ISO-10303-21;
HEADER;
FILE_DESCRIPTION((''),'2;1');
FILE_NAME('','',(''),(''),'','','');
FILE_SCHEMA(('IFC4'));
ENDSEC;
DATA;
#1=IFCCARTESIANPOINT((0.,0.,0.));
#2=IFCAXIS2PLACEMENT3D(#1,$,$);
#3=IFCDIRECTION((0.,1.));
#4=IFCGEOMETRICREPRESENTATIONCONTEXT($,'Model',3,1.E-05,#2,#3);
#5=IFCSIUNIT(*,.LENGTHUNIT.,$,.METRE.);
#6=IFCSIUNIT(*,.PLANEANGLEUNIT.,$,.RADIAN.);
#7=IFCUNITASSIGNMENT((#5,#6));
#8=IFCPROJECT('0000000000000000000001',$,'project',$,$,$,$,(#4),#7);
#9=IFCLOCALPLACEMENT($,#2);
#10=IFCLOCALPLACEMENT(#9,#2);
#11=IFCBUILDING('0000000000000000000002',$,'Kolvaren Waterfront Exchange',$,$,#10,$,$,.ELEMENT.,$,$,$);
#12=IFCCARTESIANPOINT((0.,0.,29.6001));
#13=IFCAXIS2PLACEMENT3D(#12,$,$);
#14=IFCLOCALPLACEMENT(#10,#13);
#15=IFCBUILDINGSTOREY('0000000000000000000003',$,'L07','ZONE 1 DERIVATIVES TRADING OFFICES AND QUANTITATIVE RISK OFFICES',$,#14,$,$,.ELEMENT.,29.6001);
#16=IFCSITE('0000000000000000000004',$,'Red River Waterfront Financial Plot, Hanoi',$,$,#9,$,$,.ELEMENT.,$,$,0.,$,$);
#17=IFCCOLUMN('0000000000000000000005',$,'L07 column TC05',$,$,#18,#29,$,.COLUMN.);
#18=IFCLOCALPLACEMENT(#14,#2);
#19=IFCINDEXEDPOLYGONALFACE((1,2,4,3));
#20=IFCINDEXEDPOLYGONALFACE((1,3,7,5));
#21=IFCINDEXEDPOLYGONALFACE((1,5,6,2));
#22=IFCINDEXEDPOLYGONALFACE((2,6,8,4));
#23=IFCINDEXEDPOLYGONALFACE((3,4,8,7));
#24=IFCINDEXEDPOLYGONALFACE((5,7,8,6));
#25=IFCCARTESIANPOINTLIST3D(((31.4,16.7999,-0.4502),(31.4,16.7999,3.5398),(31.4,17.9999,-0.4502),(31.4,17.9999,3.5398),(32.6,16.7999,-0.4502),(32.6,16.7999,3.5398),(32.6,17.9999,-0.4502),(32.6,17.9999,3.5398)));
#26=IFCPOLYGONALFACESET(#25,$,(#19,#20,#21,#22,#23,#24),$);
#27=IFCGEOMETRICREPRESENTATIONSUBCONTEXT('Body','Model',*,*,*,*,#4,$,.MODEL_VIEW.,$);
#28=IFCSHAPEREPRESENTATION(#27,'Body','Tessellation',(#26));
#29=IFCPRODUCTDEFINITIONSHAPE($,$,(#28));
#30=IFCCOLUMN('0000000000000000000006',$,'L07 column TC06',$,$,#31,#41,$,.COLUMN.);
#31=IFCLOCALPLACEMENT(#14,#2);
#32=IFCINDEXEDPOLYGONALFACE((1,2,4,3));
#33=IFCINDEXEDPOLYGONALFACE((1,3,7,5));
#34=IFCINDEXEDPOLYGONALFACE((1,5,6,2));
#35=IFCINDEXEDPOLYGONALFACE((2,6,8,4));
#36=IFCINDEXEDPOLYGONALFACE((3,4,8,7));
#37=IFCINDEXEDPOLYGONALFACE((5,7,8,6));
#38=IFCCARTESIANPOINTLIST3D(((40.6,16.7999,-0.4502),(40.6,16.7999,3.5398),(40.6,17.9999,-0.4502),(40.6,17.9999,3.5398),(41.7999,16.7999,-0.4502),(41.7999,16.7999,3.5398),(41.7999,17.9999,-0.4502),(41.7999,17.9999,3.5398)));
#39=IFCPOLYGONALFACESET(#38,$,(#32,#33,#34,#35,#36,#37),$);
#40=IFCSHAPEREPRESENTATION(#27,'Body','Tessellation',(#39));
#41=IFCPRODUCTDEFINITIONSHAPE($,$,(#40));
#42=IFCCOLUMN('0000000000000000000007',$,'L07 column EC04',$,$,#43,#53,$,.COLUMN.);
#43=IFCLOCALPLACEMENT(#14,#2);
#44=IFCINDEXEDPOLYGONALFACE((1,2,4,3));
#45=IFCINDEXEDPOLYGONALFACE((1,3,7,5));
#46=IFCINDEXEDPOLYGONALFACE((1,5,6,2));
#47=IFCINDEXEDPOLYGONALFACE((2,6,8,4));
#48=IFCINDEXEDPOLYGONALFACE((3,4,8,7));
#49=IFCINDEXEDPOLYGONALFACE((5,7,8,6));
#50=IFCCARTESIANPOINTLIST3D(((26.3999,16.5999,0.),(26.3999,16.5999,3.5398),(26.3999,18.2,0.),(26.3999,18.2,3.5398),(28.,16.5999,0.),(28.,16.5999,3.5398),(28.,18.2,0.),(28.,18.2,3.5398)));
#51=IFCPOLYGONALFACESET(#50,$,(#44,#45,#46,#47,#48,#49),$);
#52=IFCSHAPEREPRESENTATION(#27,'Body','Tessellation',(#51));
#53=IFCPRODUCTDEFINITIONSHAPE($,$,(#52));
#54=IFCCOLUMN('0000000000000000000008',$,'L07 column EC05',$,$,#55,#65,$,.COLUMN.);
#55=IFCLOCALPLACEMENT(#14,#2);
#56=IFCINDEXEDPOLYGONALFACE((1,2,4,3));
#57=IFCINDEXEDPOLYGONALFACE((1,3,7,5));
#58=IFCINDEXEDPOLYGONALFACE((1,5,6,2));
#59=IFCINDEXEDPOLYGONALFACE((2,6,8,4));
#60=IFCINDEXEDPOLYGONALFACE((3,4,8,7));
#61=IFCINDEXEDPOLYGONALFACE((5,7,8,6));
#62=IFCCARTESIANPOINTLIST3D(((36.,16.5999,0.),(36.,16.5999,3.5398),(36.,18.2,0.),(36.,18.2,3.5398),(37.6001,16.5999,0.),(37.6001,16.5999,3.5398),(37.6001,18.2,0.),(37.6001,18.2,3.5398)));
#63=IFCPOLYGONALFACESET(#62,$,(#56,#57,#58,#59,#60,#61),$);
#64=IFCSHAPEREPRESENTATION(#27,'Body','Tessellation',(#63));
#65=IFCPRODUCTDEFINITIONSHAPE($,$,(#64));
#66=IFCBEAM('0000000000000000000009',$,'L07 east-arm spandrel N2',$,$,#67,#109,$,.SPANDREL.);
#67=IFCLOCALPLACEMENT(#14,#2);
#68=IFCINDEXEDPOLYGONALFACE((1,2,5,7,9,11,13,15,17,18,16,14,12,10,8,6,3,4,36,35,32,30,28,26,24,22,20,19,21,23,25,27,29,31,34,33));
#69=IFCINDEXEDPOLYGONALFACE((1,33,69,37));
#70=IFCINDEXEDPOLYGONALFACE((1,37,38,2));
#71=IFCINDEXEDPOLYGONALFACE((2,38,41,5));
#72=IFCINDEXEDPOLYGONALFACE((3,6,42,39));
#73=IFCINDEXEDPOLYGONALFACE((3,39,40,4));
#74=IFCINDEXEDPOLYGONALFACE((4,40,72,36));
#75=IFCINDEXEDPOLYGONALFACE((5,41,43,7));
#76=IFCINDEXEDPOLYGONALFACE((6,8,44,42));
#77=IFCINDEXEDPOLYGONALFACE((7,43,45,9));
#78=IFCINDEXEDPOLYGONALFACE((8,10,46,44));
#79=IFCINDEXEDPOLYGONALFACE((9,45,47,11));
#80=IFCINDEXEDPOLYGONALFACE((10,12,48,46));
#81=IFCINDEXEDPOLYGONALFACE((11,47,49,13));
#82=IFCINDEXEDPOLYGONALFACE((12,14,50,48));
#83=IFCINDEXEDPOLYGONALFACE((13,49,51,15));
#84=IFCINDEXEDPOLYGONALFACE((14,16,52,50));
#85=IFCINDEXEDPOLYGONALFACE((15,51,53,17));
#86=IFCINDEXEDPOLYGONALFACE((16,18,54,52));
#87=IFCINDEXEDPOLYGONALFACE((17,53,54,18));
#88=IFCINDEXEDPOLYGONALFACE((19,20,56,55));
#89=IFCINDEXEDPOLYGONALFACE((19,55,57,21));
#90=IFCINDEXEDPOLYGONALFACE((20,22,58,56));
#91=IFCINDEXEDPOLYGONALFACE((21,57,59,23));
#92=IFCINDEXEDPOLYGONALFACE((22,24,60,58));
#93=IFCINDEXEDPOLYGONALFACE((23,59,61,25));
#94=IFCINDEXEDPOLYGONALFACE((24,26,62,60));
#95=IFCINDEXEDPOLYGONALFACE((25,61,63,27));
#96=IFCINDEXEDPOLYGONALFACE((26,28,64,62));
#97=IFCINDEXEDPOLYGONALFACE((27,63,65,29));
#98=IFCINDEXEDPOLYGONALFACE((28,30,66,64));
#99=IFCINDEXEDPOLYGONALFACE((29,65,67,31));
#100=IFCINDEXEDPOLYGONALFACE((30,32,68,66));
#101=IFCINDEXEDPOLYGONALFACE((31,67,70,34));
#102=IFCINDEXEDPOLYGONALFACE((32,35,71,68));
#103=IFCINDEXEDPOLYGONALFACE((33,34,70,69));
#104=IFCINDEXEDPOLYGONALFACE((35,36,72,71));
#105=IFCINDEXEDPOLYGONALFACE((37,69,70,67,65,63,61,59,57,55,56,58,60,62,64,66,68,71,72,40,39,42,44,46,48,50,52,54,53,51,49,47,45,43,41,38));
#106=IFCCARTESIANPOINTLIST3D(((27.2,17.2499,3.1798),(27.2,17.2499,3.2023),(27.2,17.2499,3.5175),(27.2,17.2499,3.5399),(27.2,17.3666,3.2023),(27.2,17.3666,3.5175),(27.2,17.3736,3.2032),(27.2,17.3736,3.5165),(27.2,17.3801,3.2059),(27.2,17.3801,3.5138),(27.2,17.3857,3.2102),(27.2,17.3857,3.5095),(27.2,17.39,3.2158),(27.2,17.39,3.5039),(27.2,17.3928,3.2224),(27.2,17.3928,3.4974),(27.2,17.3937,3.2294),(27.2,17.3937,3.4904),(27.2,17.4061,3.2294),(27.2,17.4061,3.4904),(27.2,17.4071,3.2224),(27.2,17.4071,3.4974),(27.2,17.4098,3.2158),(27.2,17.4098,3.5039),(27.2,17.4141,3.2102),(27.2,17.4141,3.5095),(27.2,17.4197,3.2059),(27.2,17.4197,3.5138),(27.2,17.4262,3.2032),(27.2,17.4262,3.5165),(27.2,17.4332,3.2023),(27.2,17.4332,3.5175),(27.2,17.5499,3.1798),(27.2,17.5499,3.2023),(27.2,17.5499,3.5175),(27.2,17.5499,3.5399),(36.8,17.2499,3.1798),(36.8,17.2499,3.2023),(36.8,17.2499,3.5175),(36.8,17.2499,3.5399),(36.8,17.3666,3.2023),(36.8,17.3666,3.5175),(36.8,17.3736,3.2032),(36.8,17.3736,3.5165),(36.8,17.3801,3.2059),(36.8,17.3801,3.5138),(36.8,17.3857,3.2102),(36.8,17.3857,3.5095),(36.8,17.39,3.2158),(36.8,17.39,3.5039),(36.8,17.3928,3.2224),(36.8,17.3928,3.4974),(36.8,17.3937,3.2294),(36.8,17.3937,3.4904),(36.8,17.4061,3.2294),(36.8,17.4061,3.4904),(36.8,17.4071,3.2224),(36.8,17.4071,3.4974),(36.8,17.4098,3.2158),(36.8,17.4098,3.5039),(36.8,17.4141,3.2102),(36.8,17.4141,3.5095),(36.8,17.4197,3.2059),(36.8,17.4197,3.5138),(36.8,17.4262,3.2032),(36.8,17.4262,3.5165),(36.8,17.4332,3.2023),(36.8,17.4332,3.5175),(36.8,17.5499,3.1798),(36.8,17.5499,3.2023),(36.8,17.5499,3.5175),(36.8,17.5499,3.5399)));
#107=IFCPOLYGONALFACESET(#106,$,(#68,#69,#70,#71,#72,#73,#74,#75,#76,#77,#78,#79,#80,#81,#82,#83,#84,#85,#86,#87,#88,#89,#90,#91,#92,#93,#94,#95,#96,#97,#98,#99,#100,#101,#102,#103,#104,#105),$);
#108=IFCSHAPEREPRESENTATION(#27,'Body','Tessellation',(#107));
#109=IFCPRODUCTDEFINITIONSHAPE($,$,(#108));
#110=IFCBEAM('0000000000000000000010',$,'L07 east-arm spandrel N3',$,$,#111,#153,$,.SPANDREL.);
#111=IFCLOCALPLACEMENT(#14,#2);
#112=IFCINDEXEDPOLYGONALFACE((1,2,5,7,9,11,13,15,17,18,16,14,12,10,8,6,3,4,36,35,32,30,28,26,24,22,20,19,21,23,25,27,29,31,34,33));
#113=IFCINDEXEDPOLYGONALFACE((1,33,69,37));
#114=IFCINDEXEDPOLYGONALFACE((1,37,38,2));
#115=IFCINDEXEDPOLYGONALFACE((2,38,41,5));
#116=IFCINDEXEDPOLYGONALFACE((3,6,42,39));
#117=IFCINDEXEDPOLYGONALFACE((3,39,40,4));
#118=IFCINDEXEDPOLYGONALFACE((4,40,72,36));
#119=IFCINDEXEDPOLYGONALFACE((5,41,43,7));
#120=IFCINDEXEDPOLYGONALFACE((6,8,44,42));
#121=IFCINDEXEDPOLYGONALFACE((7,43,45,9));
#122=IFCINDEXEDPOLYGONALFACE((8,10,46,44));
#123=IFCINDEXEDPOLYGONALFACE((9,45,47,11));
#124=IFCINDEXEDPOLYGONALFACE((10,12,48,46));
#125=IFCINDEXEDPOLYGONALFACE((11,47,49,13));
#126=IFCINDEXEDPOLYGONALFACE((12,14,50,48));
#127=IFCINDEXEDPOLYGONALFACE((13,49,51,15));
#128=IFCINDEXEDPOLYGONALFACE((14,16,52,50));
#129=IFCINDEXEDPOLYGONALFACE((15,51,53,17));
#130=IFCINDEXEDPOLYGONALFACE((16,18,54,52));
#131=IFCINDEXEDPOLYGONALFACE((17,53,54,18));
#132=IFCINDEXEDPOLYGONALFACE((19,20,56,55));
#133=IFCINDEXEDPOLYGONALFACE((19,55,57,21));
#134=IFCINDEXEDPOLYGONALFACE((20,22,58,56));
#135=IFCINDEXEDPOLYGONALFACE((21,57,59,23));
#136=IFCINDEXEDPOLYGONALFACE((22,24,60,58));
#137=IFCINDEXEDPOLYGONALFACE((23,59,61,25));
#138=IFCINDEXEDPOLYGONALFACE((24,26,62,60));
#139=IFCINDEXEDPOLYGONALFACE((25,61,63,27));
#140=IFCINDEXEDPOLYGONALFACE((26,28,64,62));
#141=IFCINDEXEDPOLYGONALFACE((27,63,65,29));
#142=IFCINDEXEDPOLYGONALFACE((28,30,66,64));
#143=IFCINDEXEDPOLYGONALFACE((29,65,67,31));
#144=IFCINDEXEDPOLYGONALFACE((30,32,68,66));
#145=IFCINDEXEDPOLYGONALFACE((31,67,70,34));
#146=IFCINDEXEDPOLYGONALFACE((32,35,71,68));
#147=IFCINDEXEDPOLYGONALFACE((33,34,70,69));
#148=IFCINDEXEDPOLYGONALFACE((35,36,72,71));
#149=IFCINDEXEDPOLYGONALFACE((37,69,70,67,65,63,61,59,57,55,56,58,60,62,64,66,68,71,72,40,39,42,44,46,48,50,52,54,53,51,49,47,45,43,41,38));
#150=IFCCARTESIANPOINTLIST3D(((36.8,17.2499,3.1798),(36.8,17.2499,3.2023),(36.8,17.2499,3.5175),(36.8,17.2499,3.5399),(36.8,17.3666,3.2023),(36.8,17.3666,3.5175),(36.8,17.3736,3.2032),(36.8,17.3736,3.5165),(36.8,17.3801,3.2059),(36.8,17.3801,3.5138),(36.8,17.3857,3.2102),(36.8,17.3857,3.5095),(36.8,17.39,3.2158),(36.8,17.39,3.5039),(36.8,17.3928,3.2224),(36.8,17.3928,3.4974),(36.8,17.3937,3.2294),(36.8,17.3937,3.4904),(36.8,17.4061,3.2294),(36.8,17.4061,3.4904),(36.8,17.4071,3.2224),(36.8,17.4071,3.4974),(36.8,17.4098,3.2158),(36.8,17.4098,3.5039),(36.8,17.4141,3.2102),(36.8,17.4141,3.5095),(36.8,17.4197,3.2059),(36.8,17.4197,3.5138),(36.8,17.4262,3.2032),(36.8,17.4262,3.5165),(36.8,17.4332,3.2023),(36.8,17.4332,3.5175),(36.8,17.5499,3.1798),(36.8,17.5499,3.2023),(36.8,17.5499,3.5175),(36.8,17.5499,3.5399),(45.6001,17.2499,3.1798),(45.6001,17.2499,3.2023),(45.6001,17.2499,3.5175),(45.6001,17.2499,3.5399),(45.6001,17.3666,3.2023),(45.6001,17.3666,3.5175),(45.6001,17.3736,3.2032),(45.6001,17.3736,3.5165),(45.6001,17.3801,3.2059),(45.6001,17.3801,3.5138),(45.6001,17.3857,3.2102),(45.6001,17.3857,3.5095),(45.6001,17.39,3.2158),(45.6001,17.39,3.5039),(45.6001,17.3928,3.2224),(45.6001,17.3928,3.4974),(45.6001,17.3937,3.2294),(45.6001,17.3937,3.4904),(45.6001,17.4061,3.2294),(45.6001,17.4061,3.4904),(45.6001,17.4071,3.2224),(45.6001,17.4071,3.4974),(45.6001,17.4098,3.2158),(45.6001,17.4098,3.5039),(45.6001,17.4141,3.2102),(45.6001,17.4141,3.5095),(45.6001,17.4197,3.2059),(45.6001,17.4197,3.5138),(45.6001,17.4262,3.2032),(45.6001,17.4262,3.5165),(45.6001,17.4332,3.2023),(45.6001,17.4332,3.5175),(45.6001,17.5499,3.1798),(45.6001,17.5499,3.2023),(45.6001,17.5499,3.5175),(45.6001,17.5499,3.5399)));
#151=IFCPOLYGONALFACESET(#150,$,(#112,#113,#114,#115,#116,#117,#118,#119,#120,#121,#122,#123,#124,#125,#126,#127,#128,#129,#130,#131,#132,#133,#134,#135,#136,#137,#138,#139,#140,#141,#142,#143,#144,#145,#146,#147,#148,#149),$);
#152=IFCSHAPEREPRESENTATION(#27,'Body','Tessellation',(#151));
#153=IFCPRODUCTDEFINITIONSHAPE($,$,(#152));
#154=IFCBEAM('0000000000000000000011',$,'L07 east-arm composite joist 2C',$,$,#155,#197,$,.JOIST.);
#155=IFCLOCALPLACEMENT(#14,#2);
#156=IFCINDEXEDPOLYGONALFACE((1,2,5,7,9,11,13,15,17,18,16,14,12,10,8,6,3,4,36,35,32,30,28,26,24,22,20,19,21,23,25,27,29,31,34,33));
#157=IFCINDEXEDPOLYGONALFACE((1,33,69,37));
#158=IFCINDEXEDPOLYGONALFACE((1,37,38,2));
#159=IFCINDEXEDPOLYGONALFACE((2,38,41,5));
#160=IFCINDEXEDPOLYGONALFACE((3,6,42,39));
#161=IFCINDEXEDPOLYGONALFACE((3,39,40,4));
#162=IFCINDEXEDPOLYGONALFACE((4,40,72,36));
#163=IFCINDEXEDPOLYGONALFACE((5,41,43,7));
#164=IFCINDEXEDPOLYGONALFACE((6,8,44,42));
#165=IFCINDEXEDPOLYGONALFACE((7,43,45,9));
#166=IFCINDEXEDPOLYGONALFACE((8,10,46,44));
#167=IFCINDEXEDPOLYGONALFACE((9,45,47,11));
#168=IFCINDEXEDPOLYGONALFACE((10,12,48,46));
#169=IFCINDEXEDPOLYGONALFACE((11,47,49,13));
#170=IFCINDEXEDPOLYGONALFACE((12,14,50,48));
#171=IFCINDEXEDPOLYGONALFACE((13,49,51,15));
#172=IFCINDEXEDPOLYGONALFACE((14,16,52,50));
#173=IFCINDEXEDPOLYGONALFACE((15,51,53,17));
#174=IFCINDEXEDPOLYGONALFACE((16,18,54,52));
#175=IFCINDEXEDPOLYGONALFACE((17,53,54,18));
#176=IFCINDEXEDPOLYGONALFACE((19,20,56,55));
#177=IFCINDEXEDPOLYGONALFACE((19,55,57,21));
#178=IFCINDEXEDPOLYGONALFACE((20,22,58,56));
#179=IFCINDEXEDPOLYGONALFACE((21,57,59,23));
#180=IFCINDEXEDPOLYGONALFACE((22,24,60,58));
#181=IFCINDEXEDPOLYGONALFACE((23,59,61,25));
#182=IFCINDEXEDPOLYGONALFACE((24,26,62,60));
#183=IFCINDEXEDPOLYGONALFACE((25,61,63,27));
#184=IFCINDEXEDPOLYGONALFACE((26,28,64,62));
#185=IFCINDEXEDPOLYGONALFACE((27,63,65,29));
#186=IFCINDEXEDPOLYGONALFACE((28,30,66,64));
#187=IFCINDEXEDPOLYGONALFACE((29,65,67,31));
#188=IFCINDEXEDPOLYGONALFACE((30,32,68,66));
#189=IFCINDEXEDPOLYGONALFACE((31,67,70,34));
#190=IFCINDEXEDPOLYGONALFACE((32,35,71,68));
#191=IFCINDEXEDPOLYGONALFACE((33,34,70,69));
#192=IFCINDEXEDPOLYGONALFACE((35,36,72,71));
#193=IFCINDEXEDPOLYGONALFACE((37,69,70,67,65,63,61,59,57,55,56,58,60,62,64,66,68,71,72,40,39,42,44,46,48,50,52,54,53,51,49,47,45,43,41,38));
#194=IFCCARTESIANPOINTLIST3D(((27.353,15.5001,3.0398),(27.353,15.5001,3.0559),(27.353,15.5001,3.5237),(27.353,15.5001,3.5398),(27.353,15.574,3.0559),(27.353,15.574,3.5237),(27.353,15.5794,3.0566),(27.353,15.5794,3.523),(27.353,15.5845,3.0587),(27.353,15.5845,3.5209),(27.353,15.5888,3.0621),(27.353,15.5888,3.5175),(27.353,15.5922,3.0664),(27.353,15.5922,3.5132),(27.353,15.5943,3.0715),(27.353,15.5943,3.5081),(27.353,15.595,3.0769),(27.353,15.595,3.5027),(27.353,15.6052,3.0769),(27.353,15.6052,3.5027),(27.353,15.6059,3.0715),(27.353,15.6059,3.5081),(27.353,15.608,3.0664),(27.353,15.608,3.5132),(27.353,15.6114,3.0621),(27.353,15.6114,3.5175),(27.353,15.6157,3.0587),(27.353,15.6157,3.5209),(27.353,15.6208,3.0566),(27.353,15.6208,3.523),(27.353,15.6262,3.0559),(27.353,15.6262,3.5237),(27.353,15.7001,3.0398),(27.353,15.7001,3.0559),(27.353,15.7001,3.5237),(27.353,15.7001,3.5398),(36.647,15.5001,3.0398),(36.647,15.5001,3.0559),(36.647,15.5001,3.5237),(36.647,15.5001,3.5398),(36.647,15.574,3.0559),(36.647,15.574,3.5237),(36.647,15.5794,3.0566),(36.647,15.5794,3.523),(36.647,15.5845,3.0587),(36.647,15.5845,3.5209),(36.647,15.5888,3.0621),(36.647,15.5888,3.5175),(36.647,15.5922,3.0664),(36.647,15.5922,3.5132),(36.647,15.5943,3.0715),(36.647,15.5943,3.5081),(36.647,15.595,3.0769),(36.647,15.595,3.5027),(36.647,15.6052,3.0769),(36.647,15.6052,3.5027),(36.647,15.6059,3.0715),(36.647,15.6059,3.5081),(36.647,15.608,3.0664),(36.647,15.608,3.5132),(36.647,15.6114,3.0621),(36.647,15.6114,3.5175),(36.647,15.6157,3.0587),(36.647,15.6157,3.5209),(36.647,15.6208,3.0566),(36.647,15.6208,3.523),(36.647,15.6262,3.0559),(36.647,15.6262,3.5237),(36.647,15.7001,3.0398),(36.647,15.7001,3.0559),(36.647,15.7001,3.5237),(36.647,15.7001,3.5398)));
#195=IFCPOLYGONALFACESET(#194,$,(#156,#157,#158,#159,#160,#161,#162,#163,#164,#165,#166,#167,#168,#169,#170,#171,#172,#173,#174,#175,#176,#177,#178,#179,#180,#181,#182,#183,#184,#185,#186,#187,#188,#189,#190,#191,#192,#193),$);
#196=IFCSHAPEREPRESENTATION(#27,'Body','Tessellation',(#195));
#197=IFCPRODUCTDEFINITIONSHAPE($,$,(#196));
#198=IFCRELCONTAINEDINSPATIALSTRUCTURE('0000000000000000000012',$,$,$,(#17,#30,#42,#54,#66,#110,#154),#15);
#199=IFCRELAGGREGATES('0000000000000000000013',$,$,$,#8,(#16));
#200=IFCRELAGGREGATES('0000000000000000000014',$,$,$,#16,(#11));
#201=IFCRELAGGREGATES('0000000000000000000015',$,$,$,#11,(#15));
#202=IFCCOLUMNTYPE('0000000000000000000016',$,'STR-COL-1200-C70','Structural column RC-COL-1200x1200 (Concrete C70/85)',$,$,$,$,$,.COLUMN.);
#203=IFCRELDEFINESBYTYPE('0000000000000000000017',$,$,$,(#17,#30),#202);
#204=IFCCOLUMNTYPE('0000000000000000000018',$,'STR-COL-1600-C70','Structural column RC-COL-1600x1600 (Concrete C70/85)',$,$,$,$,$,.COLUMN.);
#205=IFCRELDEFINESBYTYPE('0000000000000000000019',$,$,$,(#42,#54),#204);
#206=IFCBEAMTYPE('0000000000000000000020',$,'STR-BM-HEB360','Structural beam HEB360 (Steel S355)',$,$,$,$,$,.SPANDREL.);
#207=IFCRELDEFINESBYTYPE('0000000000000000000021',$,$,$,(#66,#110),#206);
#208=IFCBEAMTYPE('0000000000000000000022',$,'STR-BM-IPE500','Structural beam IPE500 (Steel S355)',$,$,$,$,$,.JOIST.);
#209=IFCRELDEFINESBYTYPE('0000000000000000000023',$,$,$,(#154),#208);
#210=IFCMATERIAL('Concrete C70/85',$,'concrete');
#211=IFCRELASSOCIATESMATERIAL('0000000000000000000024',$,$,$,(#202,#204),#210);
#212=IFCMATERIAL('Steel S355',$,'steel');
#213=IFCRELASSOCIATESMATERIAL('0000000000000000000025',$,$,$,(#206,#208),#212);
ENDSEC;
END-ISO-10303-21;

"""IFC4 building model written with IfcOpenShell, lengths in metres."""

from ifc_helpers import new_model, si_unit, direction, frame, origin, origin_2d, place, context, subcontext, project, spatial, rectangle, i_section, extrude, material, material_profile, profile_set, type_object, element, save


model = new_model("IFC4")

# Units and contexts
model_context = context("Model", 3, precision=1e-05, world=origin(), true_north=direction((0.0, 1.0)))
body_context = subcontext(model_context, "Body", "Model", "MODEL_VIEW")
ifc_project = project(units=[si_unit("LENGTHUNIT", "METRE"), si_unit("PLANEANGLEUNIT", "RADIAN")], contexts=[model_context])

# Site, building, storey
site_placement = place(None, origin())
site = spatial("IfcSite", under=ifc_project, at=site_placement, Name="Red River Waterfront Financial Plot, Hanoi", CompositionType="ELEMENT", RefElevation=0.0)
building_placement = place(site_placement, origin())
building = spatial("IfcBuilding", under=site, at=building_placement, Name="Kolvaren Waterfront Exchange", CompositionType="ELEMENT")
storey_placement = place(building_placement, frame((0.0, 0.0, 29.6001)))
storey = spatial("IfcBuildingStorey", under=building, at=storey_placement, Name="L07", Description="ZONE 1 DERIVATIVES TRADING OFFICES AND QUANTITATIVE RISK OFFICES", CompositionType="ELEMENT", Elevation=29.6001)

# Columns
ifc_material_1 = material(Name="Concrete C70/85", Category="concrete")
ifc_material_profile_1 = material_profile(ifc_material_1, rectangle(XDim=1.2, YDim=1.2, at=origin_2d()), Name="RC-COL-1200x1200")
ifc_profile_set_1 = profile_set([ifc_material_profile_1], Name="Concrete C70/85")
column_type_1 = type_object("IfcColumnType", Name="STR-COL-1200-C70", Description="Structural column RC-COL-1200x1200 (Concrete C70/85)", PredefinedType="COLUMN", material=ifc_profile_set_1)
for number, where, z_axis, x_axis, name in (
    (1, (32.0, 17.3999, -0.4502), (0.0, 0.0, 1.0), (1.0, 0.0, 0.0), "L07 column TC05"),
    (2, (41.2, 17.3999, -0.4502), (0.0, 0.0, 1.0), (1.0, 0.0, 0.0), "L07 column TC06"),
):
    element("IfcColumn", number, at=place(storey_placement, frame(where, z_axis=z_axis, x_axis=x_axis)), inside=storey, type_object=column_type_1, Name=name, PredefinedType="COLUMN", context=body_context, shape_type="SweptSolid", body=[
        extrude(rectangle(XDim=1.2, YDim=1.2, at=origin_2d()), origin(), (0.0, 0.0, 1.0), 3.99),
    ])
ifc_material_profile_2 = material_profile(ifc_material_1, rectangle(XDim=1.6001, YDim=1.6001, at=origin_2d()), Name="RC-COL-1600x1600")
ifc_profile_set_2 = profile_set([ifc_material_profile_2], Name="Concrete C70/85")
column_type_2 = type_object("IfcColumnType", Name="STR-COL-1600-C70", Description="Structural column RC-COL-1600x1600 (Concrete C70/85)", PredefinedType="COLUMN", material=ifc_profile_set_2)
for number, where, z_axis, x_axis, name in (
    (3, (27.2, 17.3999, 0.0), (0.0, 0.0, 1.0), (1.0, 0.0, 0.0), "L07 column EC04"),
    (4, (36.8, 17.3999, 0.0), (0.0, 0.0, 1.0), (1.0, 0.0, 0.0), "L07 column EC05"),
):
    element("IfcColumn", number, at=place(storey_placement, frame(where, z_axis=z_axis, x_axis=x_axis)), inside=storey, type_object=column_type_2, Name=name, PredefinedType="COLUMN", context=body_context, shape_type="SweptSolid", body=[
        extrude(rectangle(XDim=1.6001, YDim=1.6001, at=origin_2d()), origin(), (0.0, 0.0, 1.0), 3.5398),
    ])

# Beams
ifc_material_2 = material(Name="Steel S355", Category="steel")
ifc_material_profile_3 = material_profile(ifc_material_2, i_section(OverallWidth=0.3, OverallDepth=0.3601, WebThickness=0.0125, FlangeThickness=0.0225, FilletRadius=0.0271, at=origin_2d()), Name="HEB360")
ifc_profile_set_3 = profile_set([ifc_material_profile_3], Name="Steel S355")
beam_type_1 = type_object("IfcBeamType", Name="STR-BM-HEB360", Description="Structural beam HEB360 (Steel S355)", PredefinedType="SPANDREL", material=ifc_profile_set_3)
beam_1_placement = place(storey_placement, frame((27.2, 17.3999, 3.3599), z_axis=(1.0, 0.0, 0.0), x_axis=(0.0, 1.0, 0.0)))
element("IfcBeam", 5, at=beam_1_placement, inside=storey, type_object=beam_type_1, Name="L07 east-arm spandrel N2", PredefinedType="SPANDREL", context=body_context, shape_type="SweptSolid", body=[
    extrude(i_section(OverallWidth=0.3, OverallDepth=0.3601, WebThickness=0.0125, FlangeThickness=0.0225, FilletRadius=0.0271, at=origin_2d()), origin(), (0.0, 0.0, 1.0), 9.6001),
])
beam_2_placement = place(storey_placement, frame((36.8, 17.3999, 3.3599), z_axis=(1.0, 0.0, 0.0), x_axis=(0.0, 1.0, 0.0)))
element("IfcBeam", 6, at=beam_2_placement, inside=storey, type_object=beam_type_1, Name="L07 east-arm spandrel N3", PredefinedType="SPANDREL", context=body_context, shape_type="SweptSolid", body=[
    extrude(i_section(OverallWidth=0.3, OverallDepth=0.3601, WebThickness=0.0125, FlangeThickness=0.0225, FilletRadius=0.0271, at=origin_2d()), origin(), (0.0, 0.0, 1.0), 8.8),
])
ifc_material_profile_4 = material_profile(ifc_material_2, i_section(OverallWidth=0.2, OverallDepth=0.5, WebThickness=0.0103, FlangeThickness=0.0161, FilletRadius=0.021, at=origin_2d()), Name="IPE500")
ifc_profile_set_4 = profile_set([ifc_material_profile_4], Name="Steel S355")
beam_type_2 = type_object("IfcBeamType", Name="STR-BM-IPE500", Description="Structural beam IPE500 (Steel S355)", PredefinedType="JOIST", material=ifc_profile_set_4)
beam_3_placement = place(storey_placement, frame((27.353, 15.6001, 3.2898), z_axis=(1.0, 0.0, 0.0), x_axis=(0.0, 1.0, 0.0)))
element("IfcBeam", 7, at=beam_3_placement, inside=storey, type_object=beam_type_2, Name="L07 east-arm composite joist 2C", PredefinedType="JOIST", context=body_context, shape_type="SweptSolid", body=[
    extrude(i_section(OverallWidth=0.2, OverallDepth=0.5, WebThickness=0.0103, FlangeThickness=0.0161, FilletRadius=0.021, at=origin_2d()), origin(), (0.0, 0.0, 1.0), 9.2939),
])

save(model, "model.ifc")
